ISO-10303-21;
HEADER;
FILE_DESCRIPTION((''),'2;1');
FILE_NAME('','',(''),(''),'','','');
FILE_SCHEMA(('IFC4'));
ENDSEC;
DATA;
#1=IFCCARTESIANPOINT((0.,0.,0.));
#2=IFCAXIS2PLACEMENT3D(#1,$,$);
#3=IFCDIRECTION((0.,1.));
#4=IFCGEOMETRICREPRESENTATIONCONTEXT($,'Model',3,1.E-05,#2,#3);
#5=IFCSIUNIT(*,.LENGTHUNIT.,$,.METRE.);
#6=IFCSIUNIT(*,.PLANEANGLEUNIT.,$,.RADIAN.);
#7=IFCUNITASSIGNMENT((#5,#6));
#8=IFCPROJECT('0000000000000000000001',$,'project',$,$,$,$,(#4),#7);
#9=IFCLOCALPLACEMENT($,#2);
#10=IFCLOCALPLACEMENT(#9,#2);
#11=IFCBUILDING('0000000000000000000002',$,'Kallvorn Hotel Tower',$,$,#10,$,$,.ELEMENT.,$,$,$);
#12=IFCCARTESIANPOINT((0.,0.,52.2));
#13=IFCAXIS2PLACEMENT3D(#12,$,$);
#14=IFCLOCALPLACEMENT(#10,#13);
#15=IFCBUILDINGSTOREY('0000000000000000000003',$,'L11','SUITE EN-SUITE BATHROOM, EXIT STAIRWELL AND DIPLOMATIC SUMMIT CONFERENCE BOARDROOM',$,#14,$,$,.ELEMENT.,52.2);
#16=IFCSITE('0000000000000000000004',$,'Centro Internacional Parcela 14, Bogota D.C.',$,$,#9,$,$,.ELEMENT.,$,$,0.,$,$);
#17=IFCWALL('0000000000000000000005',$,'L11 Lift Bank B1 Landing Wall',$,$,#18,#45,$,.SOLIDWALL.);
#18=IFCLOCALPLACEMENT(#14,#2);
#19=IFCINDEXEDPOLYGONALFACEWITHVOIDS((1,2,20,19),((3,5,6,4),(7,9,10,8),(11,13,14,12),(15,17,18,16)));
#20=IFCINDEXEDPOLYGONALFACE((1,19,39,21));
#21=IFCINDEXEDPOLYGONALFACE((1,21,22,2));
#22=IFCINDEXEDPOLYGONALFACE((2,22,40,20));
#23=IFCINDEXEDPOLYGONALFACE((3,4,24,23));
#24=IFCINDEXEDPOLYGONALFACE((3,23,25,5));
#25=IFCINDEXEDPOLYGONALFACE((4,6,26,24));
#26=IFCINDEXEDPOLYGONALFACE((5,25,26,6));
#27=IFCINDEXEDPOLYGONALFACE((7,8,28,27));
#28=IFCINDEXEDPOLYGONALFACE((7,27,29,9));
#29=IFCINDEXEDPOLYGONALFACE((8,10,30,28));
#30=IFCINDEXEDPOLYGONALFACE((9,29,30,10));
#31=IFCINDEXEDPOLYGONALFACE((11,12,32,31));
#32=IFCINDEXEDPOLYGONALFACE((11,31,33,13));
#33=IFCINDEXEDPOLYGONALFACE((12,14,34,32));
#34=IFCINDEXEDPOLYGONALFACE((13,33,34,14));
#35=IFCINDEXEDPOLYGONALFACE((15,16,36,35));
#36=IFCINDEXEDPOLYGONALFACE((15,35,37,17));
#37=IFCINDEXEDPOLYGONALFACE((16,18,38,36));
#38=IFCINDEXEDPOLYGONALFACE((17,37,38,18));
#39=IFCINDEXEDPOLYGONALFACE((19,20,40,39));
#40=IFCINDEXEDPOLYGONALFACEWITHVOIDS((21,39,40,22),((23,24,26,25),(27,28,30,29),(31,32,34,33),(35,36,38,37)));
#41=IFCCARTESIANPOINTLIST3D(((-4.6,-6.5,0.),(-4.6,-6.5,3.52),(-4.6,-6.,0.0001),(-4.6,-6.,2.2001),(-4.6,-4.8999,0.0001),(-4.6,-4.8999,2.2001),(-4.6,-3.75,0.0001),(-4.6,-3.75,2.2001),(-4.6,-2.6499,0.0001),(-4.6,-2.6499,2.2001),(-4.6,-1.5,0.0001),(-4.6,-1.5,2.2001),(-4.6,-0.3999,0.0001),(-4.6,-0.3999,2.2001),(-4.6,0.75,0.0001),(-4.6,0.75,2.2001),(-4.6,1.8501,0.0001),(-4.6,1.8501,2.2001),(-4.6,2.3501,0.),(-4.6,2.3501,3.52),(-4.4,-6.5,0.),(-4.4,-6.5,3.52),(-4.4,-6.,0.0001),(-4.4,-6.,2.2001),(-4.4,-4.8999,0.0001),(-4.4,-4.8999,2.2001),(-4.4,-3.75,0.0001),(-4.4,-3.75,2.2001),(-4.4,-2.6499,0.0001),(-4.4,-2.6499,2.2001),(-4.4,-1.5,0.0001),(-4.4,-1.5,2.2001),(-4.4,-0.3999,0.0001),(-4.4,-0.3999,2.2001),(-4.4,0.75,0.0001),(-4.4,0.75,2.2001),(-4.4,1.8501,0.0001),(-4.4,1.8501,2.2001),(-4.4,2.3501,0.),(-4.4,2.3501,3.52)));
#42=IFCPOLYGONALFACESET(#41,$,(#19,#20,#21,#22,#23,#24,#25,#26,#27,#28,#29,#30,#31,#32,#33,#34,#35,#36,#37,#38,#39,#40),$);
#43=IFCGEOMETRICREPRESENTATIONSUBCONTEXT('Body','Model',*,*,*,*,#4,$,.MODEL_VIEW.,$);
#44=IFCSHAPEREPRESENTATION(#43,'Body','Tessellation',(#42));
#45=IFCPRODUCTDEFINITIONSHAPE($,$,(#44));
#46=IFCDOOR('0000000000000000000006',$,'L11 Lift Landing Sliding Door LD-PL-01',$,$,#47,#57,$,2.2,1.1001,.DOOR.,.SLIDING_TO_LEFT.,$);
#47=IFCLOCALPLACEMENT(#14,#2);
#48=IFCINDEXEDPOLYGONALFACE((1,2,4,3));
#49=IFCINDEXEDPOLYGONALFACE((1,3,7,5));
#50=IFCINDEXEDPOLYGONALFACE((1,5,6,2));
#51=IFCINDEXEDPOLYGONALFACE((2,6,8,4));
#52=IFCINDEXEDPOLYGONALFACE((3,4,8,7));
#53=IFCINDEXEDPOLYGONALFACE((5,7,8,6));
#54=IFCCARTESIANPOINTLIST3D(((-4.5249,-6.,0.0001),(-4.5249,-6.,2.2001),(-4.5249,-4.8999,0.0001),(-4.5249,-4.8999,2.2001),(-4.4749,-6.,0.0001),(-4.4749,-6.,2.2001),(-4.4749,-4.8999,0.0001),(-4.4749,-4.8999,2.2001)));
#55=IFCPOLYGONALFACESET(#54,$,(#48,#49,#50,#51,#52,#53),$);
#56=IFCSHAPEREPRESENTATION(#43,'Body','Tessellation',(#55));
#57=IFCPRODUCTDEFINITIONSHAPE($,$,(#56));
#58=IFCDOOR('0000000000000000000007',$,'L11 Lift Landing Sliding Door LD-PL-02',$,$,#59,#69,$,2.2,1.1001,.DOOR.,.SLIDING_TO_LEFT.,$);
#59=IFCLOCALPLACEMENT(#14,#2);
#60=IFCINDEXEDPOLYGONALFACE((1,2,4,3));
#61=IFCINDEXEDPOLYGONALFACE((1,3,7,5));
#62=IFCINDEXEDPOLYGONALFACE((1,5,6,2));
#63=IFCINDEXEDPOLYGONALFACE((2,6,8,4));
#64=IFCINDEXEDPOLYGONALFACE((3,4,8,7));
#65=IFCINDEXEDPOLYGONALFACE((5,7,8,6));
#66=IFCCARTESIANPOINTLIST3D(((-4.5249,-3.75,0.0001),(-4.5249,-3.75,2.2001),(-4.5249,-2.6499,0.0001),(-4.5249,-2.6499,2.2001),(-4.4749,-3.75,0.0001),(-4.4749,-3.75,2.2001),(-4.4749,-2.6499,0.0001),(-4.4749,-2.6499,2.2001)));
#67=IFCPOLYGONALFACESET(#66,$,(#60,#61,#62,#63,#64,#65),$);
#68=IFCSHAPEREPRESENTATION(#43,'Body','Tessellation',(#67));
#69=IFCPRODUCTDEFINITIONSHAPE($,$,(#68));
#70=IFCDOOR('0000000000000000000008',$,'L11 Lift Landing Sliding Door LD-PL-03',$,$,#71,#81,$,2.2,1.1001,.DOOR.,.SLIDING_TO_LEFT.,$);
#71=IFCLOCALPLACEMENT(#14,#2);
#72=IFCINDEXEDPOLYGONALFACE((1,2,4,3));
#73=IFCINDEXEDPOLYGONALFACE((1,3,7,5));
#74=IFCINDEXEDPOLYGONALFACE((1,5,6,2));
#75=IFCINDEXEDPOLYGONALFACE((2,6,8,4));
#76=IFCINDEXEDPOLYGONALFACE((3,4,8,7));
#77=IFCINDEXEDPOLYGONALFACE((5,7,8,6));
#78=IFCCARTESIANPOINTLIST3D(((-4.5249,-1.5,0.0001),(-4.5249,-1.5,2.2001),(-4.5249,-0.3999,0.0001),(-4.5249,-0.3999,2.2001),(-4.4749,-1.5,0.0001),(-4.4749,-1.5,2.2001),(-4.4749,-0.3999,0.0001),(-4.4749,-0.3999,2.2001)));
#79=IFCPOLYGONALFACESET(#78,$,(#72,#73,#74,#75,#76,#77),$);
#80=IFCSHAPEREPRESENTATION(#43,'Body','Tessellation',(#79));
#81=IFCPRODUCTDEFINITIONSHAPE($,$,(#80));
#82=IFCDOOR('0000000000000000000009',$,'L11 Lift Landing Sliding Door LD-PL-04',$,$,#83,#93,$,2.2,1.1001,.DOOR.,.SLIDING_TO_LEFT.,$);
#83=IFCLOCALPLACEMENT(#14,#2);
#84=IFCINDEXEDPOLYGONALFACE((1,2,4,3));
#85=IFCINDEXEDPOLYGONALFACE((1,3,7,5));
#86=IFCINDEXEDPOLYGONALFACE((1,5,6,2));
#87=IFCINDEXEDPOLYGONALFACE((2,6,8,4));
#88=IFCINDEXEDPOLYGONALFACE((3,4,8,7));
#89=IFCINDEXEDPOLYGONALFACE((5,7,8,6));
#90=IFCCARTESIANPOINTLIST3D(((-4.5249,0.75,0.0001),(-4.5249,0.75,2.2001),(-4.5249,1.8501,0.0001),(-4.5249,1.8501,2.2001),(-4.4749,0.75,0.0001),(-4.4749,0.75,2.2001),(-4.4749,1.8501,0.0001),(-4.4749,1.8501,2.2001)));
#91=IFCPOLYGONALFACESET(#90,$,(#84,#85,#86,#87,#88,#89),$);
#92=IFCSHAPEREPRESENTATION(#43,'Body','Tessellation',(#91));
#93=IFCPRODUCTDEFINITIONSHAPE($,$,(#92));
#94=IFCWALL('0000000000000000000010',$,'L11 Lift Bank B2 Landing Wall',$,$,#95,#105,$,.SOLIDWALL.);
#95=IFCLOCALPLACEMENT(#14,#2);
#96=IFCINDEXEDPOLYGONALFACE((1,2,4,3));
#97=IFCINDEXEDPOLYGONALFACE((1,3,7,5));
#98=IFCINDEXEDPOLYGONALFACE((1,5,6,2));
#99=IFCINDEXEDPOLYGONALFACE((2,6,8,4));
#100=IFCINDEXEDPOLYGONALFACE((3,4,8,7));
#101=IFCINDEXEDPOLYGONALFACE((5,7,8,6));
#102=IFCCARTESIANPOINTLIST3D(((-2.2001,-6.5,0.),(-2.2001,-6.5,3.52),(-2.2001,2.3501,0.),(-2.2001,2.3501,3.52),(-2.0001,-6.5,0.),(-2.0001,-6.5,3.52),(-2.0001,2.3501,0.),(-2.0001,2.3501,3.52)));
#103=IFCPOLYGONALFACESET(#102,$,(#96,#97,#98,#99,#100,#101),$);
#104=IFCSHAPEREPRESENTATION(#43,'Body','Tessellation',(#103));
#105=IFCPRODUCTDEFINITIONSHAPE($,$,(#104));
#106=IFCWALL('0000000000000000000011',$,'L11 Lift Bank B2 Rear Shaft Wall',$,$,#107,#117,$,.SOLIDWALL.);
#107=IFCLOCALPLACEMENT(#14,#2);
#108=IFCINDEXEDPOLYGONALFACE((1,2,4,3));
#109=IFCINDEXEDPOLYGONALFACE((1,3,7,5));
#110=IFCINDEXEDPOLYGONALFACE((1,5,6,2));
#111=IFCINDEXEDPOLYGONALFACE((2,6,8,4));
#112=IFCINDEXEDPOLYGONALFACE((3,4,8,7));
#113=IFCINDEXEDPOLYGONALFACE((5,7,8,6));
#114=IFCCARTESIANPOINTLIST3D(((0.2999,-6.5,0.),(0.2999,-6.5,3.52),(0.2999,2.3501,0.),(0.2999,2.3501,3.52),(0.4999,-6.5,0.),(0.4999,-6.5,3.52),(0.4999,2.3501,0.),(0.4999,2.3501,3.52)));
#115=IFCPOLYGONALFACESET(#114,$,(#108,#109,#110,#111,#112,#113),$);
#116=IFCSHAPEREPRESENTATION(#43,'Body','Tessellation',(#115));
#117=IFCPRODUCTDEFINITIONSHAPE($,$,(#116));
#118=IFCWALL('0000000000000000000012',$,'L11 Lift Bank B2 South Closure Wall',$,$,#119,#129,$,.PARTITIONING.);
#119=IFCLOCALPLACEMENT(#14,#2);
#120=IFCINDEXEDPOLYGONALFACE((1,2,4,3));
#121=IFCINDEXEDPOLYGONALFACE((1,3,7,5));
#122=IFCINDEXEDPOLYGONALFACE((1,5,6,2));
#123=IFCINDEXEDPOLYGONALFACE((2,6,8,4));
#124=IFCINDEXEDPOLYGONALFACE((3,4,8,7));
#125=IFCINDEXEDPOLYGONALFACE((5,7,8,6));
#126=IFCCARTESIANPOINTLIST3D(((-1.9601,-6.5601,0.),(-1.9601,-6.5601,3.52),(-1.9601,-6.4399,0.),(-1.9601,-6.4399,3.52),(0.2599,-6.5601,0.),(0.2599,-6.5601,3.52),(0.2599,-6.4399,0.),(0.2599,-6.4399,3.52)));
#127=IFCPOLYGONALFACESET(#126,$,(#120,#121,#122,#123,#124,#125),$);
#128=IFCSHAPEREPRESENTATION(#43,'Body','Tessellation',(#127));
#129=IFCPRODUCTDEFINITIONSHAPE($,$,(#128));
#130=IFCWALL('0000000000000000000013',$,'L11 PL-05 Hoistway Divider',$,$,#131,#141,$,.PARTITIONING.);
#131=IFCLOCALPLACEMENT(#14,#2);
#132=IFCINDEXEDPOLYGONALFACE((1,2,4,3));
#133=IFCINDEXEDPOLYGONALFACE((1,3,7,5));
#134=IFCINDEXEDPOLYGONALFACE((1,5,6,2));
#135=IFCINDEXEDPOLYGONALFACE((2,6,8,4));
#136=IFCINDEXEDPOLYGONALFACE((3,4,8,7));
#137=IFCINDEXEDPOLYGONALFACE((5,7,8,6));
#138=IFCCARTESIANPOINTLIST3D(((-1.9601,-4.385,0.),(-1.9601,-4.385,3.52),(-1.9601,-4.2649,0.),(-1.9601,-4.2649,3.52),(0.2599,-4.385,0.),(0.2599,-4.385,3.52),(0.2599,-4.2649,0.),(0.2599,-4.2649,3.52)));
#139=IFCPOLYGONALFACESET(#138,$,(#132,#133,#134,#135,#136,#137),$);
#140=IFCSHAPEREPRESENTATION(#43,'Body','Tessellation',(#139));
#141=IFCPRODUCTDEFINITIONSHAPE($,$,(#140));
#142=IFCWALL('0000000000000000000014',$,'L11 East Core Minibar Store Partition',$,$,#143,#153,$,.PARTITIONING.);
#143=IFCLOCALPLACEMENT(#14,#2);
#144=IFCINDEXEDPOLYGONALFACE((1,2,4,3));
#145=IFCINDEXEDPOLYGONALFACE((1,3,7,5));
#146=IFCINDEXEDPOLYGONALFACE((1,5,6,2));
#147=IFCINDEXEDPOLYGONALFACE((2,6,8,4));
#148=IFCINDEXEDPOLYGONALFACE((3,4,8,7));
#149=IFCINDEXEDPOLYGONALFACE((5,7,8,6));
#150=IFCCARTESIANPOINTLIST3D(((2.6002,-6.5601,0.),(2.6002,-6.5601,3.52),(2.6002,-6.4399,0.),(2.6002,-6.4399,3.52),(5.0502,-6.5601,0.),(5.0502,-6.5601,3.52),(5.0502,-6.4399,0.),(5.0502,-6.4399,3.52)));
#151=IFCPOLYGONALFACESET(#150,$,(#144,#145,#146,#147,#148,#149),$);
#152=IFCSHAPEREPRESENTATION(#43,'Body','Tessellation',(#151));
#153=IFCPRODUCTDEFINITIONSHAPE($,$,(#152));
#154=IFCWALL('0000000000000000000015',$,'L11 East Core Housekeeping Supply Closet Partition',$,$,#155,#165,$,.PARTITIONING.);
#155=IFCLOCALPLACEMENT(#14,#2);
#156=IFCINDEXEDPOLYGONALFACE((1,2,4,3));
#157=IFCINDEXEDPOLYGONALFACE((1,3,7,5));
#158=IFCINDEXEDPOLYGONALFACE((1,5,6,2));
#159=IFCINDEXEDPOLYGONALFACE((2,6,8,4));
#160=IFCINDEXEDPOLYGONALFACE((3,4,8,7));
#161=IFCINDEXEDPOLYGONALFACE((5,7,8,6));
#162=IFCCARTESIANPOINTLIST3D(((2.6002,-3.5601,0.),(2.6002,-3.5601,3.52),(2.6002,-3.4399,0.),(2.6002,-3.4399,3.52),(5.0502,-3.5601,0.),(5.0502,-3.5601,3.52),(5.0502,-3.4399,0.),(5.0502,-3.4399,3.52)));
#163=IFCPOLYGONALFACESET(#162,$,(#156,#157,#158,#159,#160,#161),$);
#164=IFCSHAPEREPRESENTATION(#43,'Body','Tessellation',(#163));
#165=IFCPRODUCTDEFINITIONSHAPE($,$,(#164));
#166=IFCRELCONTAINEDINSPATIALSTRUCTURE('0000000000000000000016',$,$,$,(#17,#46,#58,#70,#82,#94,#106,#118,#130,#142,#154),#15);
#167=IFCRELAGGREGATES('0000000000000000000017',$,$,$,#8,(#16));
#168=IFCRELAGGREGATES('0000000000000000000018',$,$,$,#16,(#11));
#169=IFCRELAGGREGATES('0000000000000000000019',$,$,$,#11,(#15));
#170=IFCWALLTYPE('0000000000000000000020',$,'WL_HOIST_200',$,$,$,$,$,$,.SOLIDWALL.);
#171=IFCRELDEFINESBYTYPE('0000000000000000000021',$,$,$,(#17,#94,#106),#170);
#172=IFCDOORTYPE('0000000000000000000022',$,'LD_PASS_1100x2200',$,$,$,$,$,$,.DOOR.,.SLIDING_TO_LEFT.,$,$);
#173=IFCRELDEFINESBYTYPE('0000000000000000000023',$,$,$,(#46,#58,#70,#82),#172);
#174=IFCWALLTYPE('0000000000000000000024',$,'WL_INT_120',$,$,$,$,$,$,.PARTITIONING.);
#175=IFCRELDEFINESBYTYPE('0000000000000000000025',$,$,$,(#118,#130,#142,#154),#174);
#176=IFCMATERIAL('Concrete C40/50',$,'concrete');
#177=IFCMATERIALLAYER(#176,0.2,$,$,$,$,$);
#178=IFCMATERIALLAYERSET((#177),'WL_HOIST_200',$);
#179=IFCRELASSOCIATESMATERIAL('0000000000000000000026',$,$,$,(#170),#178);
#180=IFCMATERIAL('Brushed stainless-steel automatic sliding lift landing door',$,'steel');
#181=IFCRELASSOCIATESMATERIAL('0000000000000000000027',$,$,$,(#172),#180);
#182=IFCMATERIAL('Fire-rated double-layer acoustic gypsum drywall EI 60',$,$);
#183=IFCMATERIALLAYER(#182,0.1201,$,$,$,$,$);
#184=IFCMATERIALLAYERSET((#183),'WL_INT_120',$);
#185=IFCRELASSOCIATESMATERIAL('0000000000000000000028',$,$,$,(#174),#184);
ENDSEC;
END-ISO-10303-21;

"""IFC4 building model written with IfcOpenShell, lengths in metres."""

from ifc_helpers import new_model, si_unit, direction, frame, frame_2d, origin, place, context, subcontext, project, spatial, rectangle, extrude, material, layer, layer_set, type_object, element, fill, save


model = new_model("IFC4")

# Units and contexts
model_context = context("Model", 3, precision=1e-05, world=origin(), true_north=direction((0.0, 1.0)))
body_context = subcontext(model_context, "Body", "Model", "MODEL_VIEW")
ifc_project = project(units=[si_unit("LENGTHUNIT", "METRE"), si_unit("PLANEANGLEUNIT", "RADIAN")], contexts=[model_context])

# Site, building, storey
site_placement = place(None, origin())
site = spatial("IfcSite", under=ifc_project, at=site_placement, Name="Centro Internacional Parcela 14, Bogota D.C.", CompositionType="ELEMENT", RefElevation=0.0)
building_placement = place(site_placement, origin())
building = spatial("IfcBuilding", under=site, at=building_placement, Name="Kallvorn Hotel Tower", CompositionType="ELEMENT")
storey_placement = place(building_placement, frame((0.0, 0.0, 52.2)))
storey = spatial("IfcBuildingStorey", under=building, at=storey_placement, Name="L11", Description="SUITE EN-SUITE BATHROOM, EXIT STAIRWELL AND DIPLOMATIC SUMMIT CONFERENCE BOARDROOM", CompositionType="ELEMENT", Elevation=52.2)

# Wall, openings, doors
ifc_material_1 = material(Name="Concrete C40/50", Category="concrete")
ifc_layer_1 = layer(ifc_material_1, 0.2)
ifc_layer_set_1 = layer_set([ifc_layer_1], Name="WL_HOIST_200")
wall_type_1 = type_object("IfcWallType", Name="WL_HOIST_200", PredefinedType="SOLIDWALL", material=ifc_layer_set_1)
wall_1_placement = place(storey_placement, frame((-4.5, -6.5, 0.0), z_axis=(0.0, 0.0, 1.0), x_axis=(0.0, 1.0, 0.0)))
wall_1 = element("IfcWall", 1, at=wall_1_placement, inside=storey, type_object=wall_type_1, Name="L11 Lift Bank B1 Landing Wall", PredefinedType="SOLIDWALL", context=body_context, shape_type="SweptSolid", body=[
    extrude(rectangle(XDim=8.8501, YDim=0.2, at=frame_2d((4.425, 0.0))), origin(), (0.0, 0.0, 1.0), 3.52),
])
opening_1_placement = place(wall_1_placement, frame((0.5, 0.0, 0.0)))
opening_1 = element("IfcOpeningElement", 2, at=opening_1_placement, cuts=wall_1, PredefinedType="OPENING", context=body_context, shape_type="SweptSolid", body=[
    extrude(rectangle(XDim=1.1001, YDim=2.2, at=frame_2d((0.55, 1.1001))), frame((0.0, 0.115, 0.0), z_axis=(0.0, -1.0, 0.0), x_axis=(1.0, 0.0, 0.0)), (0.0, 0.0, 1.0), 0.23),
])
opening_2_placement = place(wall_1_placement, frame((2.75, 0.0, 0.0)))
opening_2 = element("IfcOpeningElement", 3, at=opening_2_placement, cuts=wall_1, PredefinedType="OPENING", context=body_context, shape_type="SweptSolid", body=[
    extrude(rectangle(XDim=1.1001, YDim=2.2, at=frame_2d((0.55, 1.1001))), frame((0.0, 0.115, 0.0), z_axis=(0.0, -1.0, 0.0), x_axis=(1.0, 0.0, 0.0)), (0.0, 0.0, 1.0), 0.23),
])
opening_3_placement = place(wall_1_placement, frame((5.0, 0.0, 0.0)))
opening_3 = element("IfcOpeningElement", 4, at=opening_3_placement, cuts=wall_1, PredefinedType="OPENING", context=body_context, shape_type="SweptSolid", body=[
    extrude(rectangle(XDim=1.1001, YDim=2.2, at=frame_2d((0.55, 1.1001))), frame((0.0, 0.115, 0.0), z_axis=(0.0, -1.0, 0.0), x_axis=(1.0, 0.0, 0.0)), (0.0, 0.0, 1.0), 0.23),
])
opening_4_placement = place(wall_1_placement, frame((7.25, 0.0, 0.0)))
opening_4 = element("IfcOpeningElement", 5, at=opening_4_placement, cuts=wall_1, PredefinedType="OPENING", context=body_context, shape_type="SweptSolid", body=[
    extrude(rectangle(XDim=1.1001, YDim=2.2, at=frame_2d((0.55, 1.1001))), frame((0.0, 0.115, 0.0), z_axis=(0.0, -1.0, 0.0), x_axis=(1.0, 0.0, 0.0)), (0.0, 0.0, 1.0), 0.23),
])
ifc_material_2 = material(Name="Brushed stainless-steel automatic sliding lift landing door", Category="steel")
door_type_1 = type_object("IfcDoorType", Name="LD_PASS_1100x2200", OperationType="SLIDING_TO_LEFT", PredefinedType="DOOR", material=ifc_material_2)
door_1_placement = place(opening_1_placement, origin())
door_1 = element("IfcDoor", 6, at=door_1_placement, inside=storey, type_object=door_type_1, Name="L11 Lift Landing Sliding Door LD-PL-01", OperationType="SLIDING_TO_LEFT", OverallHeight=2.2, OverallWidth=1.1001, PredefinedType="DOOR", context=body_context, shape_type="SweptSolid", body=[
    extrude(rectangle(XDim=1.1001, YDim=2.2, at=frame_2d((0.55, 1.1001))), frame((0.0, 0.0249, 0.0), z_axis=(0.0, -1.0, 0.0), x_axis=(1.0, 0.0, 0.0)), (0.0, 0.0, 1.0), 0.05),
])
fill(opening_1, door_1)
door_2_placement = place(opening_2_placement, origin())
door_2 = element("IfcDoor", 7, at=door_2_placement, inside=storey, type_object=door_type_1, Name="L11 Lift Landing Sliding Door LD-PL-02", OperationType="SLIDING_TO_LEFT", OverallHeight=2.2, OverallWidth=1.1001, PredefinedType="DOOR", context=body_context, shape_type="SweptSolid", body=[
    extrude(rectangle(XDim=1.1001, YDim=2.2, at=frame_2d((0.55, 1.1001))), frame((0.0, 0.0249, 0.0), z_axis=(0.0, -1.0, 0.0), x_axis=(1.0, 0.0, 0.0)), (0.0, 0.0, 1.0), 0.05),
])
fill(opening_2, door_2)
door_3_placement = place(opening_3_placement, origin())
door_3 = element("IfcDoor", 8, at=door_3_placement, inside=storey, type_object=door_type_1, Name="L11 Lift Landing Sliding Door LD-PL-03", OperationType="SLIDING_TO_LEFT", OverallHeight=2.2, OverallWidth=1.1001, PredefinedType="DOOR", context=body_context, shape_type="SweptSolid", body=[
    extrude(rectangle(XDim=1.1001, YDim=2.2, at=frame_2d((0.55, 1.1001))), frame((0.0, 0.0249, 0.0), z_axis=(0.0, -1.0, 0.0), x_axis=(1.0, 0.0, 0.0)), (0.0, 0.0, 1.0), 0.05),
])
fill(opening_3, door_3)
door_4_placement = place(opening_4_placement, origin())
door_4 = element("IfcDoor", 9, at=door_4_placement, inside=storey, type_object=door_type_1, Name="L11 Lift Landing Sliding Door LD-PL-04", OperationType="SLIDING_TO_LEFT", OverallHeight=2.2, OverallWidth=1.1001, PredefinedType="DOOR", context=body_context, shape_type="SweptSolid", body=[
    extrude(rectangle(XDim=1.1001, YDim=2.2, at=frame_2d((0.55, 1.1001))), frame((0.0, 0.0249, 0.0), z_axis=(0.0, -1.0, 0.0), x_axis=(1.0, 0.0, 0.0)), (0.0, 0.0, 1.0), 0.05),
])
fill(opening_4, door_4)

# Walls
for number, where, z_axis, x_axis, name in (
    (10, (-2.1001, -6.5, 0.0), (0.0, 0.0, 1.0), (0.0, 1.0, 0.0), "L11 Lift Bank B2 Landing Wall"),
    (11, (0.3999, -6.5, 0.0), (0.0, 0.0, 1.0), (0.0, 1.0, 0.0), "L11 Lift Bank B2 Rear Shaft Wall"),
):
    element("IfcWall", number, at=place(storey_placement, frame(where, z_axis=z_axis, x_axis=x_axis)), inside=storey, type_object=wall_type_1, Name=name, PredefinedType="SOLIDWALL", context=body_context, shape_type="SweptSolid", body=[
        extrude(rectangle(XDim=8.8501, YDim=0.2, at=frame_2d((4.425, 0.0))), origin(), (0.0, 0.0, 1.0), 3.52),
    ])
ifc_material_3 = material(Name="Fire-rated double-layer acoustic gypsum drywall EI 60")
ifc_layer_2 = layer(ifc_material_3, 0.1201)
ifc_layer_set_2 = layer_set([ifc_layer_2], Name="WL_INT_120")
wall_type_2 = type_object("IfcWallType", Name="WL_INT_120", PredefinedType="PARTITIONING", material=ifc_layer_set_2)
for number, where, z_axis, x_axis, name in (
    (12, (-1.96, -6.5, 0.0), (0.0, 0.0, 1.0), (1.0, 0.0, 0.0), "L11 Lift Bank B2 South Closure Wall"),
    (13, (-1.96, -4.325, 0.0), (0.0, 0.0, 1.0), (1.0, 0.0, 0.0), "L11 PL-05 Hoistway Divider"),
):
    element("IfcWall", number, at=place(storey_placement, frame(where, z_axis=z_axis, x_axis=x_axis)), inside=storey, type_object=wall_type_2, Name=name, PredefinedType="PARTITIONING", context=body_context, shape_type="SweptSolid", body=[
        extrude(rectangle(XDim=2.22, YDim=0.1201, at=frame_2d((1.1099, 0.0))), origin(), (0.0, 0.0, 1.0), 3.52),
    ])
for number, where, z_axis, x_axis, name in (
    (14, (2.6001, -6.5, 0.0), (0.0, 0.0, 1.0), (1.0, 0.0, 0.0), "L11 East Core Minibar Store Partition"),
    (15, (2.6001, -3.5, 0.0), (0.0, 0.0, 1.0), (1.0, 0.0, 0.0), "L11 East Core Housekeeping Supply Closet Partition"),
):
    element("IfcWall", number, at=place(storey_placement, frame(where, z_axis=z_axis, x_axis=x_axis)), inside=storey, type_object=wall_type_2, Name=name, PredefinedType="PARTITIONING", context=body_context, shape_type="SweptSolid", body=[
        extrude(rectangle(XDim=2.45, YDim=0.1201, at=frame_2d((1.2251, 0.0))), origin(), (0.0, 0.0, 1.0), 3.52),
    ])

save(model, "model.ifc")
